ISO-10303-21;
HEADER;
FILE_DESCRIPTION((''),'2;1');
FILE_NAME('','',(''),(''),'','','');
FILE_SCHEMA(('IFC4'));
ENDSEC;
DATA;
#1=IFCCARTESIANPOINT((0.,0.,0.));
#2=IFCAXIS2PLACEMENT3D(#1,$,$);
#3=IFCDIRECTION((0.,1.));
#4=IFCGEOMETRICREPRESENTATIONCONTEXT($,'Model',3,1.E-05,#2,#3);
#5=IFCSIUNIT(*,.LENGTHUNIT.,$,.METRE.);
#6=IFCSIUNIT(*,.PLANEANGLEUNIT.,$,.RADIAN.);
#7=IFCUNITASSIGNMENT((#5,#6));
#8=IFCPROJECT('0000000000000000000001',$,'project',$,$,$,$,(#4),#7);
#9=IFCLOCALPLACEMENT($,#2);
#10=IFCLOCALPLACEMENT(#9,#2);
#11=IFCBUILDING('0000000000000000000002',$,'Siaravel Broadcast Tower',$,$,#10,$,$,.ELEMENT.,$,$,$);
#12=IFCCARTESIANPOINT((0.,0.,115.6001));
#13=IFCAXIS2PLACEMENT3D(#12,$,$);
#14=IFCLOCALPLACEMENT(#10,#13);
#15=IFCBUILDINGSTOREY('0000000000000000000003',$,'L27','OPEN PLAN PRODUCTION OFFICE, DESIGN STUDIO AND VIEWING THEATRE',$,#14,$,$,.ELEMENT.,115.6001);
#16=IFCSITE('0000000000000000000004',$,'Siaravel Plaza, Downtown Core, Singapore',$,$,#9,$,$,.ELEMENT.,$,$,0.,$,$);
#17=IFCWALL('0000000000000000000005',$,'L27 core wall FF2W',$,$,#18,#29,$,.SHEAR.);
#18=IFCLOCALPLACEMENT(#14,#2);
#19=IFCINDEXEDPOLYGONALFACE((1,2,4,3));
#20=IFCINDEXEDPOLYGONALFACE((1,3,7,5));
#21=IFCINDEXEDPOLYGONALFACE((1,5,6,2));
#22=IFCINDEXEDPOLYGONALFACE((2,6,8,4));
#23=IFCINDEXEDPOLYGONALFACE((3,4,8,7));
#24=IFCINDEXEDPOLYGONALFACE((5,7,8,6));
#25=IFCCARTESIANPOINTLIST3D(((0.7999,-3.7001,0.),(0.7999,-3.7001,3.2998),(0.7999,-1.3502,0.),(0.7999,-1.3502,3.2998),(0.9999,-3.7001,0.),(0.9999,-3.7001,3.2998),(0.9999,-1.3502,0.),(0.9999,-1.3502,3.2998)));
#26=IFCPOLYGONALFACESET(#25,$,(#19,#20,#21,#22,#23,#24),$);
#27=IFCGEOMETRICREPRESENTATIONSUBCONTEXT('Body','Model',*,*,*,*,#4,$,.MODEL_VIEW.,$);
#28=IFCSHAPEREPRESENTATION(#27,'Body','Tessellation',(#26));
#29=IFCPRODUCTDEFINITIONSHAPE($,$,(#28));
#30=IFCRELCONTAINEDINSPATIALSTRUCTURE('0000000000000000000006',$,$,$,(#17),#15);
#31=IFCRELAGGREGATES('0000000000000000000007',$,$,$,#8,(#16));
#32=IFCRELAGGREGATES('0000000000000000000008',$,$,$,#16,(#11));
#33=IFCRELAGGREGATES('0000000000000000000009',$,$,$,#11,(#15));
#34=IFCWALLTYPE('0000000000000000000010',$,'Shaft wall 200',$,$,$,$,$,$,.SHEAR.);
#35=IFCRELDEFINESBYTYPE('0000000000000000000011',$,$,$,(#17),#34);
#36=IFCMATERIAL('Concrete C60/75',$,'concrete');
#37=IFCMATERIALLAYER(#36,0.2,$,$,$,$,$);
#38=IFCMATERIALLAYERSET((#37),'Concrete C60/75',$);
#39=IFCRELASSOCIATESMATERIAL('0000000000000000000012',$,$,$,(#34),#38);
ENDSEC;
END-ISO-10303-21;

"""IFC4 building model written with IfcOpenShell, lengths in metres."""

from ifc_helpers import new_model, si_unit, direction, frame, frame_2d, origin, place, context, subcontext, project, spatial, rectangle, extrude, material, layer, layer_set, type_object, element, save


model = new_model("IFC4")

# Units and contexts
model_context = context("Model", 3, precision=1e-05, world=origin(), true_north=direction((0.0, 1.0)))
body_context = subcontext(model_context, "Body", "Model", "MODEL_VIEW")
ifc_project = project(units=[si_unit("LENGTHUNIT", "METRE"), si_unit("PLANEANGLEUNIT", "RADIAN")], contexts=[model_context])

# Site, building, storey
site_placement = place(None, origin())
site = spatial("IfcSite", under=ifc_project, at=site_placement, Name="Siaravel Plaza, Downtown Core, Singapore", CompositionType="ELEMENT", RefElevation=0.0)
building_placement = place(site_placement, origin())
building = spatial("IfcBuilding", under=site, at=building_placement, Name="Siaravel Broadcast Tower", CompositionType="ELEMENT")
storey_placement = place(building_placement, frame((0.0, 0.0, 115.6001)))
storey = spatial("IfcBuildingStorey", under=building, at=storey_placement, Name="L27", Description="OPEN PLAN PRODUCTION OFFICE, DESIGN STUDIO AND VIEWING THEATRE", CompositionType="ELEMENT", Elevation=115.6001)

# Shared definitions
ifc_material_1 = material(Name="Concrete C60/75", Category="concrete")

# Shared definitions
ifc_layer_1 = layer(ifc_material_1, 0.2)
ifc_layer_set_1 = layer_set([ifc_layer_1], Name="Concrete C60/75")
wall_type_1 = type_object("IfcWallType", Name="Shaft wall 200", PredefinedType="SHEAR", material=ifc_layer_set_1)

# Wall
wall_1_placement = place(storey_placement, frame((0.8999, -3.7, 0.0), z_axis=(0.0, 0.0, 1.0), x_axis=(0.0, 1.0, 0.0)))
element("IfcWall", 1, at=wall_1_placement, inside=storey, type_object=wall_type_1, Name="L27 core wall FF2W", PredefinedType="SHEAR", context=body_context, shape_type="SweptSolid", body=[
    extrude(rectangle(XDim=2.3499, YDim=0.2, at=frame_2d((1.1748, 0.0))), origin(), (0.0, 0.0, 1.0), 3.2998),
])

save(model, "model.ifc")
